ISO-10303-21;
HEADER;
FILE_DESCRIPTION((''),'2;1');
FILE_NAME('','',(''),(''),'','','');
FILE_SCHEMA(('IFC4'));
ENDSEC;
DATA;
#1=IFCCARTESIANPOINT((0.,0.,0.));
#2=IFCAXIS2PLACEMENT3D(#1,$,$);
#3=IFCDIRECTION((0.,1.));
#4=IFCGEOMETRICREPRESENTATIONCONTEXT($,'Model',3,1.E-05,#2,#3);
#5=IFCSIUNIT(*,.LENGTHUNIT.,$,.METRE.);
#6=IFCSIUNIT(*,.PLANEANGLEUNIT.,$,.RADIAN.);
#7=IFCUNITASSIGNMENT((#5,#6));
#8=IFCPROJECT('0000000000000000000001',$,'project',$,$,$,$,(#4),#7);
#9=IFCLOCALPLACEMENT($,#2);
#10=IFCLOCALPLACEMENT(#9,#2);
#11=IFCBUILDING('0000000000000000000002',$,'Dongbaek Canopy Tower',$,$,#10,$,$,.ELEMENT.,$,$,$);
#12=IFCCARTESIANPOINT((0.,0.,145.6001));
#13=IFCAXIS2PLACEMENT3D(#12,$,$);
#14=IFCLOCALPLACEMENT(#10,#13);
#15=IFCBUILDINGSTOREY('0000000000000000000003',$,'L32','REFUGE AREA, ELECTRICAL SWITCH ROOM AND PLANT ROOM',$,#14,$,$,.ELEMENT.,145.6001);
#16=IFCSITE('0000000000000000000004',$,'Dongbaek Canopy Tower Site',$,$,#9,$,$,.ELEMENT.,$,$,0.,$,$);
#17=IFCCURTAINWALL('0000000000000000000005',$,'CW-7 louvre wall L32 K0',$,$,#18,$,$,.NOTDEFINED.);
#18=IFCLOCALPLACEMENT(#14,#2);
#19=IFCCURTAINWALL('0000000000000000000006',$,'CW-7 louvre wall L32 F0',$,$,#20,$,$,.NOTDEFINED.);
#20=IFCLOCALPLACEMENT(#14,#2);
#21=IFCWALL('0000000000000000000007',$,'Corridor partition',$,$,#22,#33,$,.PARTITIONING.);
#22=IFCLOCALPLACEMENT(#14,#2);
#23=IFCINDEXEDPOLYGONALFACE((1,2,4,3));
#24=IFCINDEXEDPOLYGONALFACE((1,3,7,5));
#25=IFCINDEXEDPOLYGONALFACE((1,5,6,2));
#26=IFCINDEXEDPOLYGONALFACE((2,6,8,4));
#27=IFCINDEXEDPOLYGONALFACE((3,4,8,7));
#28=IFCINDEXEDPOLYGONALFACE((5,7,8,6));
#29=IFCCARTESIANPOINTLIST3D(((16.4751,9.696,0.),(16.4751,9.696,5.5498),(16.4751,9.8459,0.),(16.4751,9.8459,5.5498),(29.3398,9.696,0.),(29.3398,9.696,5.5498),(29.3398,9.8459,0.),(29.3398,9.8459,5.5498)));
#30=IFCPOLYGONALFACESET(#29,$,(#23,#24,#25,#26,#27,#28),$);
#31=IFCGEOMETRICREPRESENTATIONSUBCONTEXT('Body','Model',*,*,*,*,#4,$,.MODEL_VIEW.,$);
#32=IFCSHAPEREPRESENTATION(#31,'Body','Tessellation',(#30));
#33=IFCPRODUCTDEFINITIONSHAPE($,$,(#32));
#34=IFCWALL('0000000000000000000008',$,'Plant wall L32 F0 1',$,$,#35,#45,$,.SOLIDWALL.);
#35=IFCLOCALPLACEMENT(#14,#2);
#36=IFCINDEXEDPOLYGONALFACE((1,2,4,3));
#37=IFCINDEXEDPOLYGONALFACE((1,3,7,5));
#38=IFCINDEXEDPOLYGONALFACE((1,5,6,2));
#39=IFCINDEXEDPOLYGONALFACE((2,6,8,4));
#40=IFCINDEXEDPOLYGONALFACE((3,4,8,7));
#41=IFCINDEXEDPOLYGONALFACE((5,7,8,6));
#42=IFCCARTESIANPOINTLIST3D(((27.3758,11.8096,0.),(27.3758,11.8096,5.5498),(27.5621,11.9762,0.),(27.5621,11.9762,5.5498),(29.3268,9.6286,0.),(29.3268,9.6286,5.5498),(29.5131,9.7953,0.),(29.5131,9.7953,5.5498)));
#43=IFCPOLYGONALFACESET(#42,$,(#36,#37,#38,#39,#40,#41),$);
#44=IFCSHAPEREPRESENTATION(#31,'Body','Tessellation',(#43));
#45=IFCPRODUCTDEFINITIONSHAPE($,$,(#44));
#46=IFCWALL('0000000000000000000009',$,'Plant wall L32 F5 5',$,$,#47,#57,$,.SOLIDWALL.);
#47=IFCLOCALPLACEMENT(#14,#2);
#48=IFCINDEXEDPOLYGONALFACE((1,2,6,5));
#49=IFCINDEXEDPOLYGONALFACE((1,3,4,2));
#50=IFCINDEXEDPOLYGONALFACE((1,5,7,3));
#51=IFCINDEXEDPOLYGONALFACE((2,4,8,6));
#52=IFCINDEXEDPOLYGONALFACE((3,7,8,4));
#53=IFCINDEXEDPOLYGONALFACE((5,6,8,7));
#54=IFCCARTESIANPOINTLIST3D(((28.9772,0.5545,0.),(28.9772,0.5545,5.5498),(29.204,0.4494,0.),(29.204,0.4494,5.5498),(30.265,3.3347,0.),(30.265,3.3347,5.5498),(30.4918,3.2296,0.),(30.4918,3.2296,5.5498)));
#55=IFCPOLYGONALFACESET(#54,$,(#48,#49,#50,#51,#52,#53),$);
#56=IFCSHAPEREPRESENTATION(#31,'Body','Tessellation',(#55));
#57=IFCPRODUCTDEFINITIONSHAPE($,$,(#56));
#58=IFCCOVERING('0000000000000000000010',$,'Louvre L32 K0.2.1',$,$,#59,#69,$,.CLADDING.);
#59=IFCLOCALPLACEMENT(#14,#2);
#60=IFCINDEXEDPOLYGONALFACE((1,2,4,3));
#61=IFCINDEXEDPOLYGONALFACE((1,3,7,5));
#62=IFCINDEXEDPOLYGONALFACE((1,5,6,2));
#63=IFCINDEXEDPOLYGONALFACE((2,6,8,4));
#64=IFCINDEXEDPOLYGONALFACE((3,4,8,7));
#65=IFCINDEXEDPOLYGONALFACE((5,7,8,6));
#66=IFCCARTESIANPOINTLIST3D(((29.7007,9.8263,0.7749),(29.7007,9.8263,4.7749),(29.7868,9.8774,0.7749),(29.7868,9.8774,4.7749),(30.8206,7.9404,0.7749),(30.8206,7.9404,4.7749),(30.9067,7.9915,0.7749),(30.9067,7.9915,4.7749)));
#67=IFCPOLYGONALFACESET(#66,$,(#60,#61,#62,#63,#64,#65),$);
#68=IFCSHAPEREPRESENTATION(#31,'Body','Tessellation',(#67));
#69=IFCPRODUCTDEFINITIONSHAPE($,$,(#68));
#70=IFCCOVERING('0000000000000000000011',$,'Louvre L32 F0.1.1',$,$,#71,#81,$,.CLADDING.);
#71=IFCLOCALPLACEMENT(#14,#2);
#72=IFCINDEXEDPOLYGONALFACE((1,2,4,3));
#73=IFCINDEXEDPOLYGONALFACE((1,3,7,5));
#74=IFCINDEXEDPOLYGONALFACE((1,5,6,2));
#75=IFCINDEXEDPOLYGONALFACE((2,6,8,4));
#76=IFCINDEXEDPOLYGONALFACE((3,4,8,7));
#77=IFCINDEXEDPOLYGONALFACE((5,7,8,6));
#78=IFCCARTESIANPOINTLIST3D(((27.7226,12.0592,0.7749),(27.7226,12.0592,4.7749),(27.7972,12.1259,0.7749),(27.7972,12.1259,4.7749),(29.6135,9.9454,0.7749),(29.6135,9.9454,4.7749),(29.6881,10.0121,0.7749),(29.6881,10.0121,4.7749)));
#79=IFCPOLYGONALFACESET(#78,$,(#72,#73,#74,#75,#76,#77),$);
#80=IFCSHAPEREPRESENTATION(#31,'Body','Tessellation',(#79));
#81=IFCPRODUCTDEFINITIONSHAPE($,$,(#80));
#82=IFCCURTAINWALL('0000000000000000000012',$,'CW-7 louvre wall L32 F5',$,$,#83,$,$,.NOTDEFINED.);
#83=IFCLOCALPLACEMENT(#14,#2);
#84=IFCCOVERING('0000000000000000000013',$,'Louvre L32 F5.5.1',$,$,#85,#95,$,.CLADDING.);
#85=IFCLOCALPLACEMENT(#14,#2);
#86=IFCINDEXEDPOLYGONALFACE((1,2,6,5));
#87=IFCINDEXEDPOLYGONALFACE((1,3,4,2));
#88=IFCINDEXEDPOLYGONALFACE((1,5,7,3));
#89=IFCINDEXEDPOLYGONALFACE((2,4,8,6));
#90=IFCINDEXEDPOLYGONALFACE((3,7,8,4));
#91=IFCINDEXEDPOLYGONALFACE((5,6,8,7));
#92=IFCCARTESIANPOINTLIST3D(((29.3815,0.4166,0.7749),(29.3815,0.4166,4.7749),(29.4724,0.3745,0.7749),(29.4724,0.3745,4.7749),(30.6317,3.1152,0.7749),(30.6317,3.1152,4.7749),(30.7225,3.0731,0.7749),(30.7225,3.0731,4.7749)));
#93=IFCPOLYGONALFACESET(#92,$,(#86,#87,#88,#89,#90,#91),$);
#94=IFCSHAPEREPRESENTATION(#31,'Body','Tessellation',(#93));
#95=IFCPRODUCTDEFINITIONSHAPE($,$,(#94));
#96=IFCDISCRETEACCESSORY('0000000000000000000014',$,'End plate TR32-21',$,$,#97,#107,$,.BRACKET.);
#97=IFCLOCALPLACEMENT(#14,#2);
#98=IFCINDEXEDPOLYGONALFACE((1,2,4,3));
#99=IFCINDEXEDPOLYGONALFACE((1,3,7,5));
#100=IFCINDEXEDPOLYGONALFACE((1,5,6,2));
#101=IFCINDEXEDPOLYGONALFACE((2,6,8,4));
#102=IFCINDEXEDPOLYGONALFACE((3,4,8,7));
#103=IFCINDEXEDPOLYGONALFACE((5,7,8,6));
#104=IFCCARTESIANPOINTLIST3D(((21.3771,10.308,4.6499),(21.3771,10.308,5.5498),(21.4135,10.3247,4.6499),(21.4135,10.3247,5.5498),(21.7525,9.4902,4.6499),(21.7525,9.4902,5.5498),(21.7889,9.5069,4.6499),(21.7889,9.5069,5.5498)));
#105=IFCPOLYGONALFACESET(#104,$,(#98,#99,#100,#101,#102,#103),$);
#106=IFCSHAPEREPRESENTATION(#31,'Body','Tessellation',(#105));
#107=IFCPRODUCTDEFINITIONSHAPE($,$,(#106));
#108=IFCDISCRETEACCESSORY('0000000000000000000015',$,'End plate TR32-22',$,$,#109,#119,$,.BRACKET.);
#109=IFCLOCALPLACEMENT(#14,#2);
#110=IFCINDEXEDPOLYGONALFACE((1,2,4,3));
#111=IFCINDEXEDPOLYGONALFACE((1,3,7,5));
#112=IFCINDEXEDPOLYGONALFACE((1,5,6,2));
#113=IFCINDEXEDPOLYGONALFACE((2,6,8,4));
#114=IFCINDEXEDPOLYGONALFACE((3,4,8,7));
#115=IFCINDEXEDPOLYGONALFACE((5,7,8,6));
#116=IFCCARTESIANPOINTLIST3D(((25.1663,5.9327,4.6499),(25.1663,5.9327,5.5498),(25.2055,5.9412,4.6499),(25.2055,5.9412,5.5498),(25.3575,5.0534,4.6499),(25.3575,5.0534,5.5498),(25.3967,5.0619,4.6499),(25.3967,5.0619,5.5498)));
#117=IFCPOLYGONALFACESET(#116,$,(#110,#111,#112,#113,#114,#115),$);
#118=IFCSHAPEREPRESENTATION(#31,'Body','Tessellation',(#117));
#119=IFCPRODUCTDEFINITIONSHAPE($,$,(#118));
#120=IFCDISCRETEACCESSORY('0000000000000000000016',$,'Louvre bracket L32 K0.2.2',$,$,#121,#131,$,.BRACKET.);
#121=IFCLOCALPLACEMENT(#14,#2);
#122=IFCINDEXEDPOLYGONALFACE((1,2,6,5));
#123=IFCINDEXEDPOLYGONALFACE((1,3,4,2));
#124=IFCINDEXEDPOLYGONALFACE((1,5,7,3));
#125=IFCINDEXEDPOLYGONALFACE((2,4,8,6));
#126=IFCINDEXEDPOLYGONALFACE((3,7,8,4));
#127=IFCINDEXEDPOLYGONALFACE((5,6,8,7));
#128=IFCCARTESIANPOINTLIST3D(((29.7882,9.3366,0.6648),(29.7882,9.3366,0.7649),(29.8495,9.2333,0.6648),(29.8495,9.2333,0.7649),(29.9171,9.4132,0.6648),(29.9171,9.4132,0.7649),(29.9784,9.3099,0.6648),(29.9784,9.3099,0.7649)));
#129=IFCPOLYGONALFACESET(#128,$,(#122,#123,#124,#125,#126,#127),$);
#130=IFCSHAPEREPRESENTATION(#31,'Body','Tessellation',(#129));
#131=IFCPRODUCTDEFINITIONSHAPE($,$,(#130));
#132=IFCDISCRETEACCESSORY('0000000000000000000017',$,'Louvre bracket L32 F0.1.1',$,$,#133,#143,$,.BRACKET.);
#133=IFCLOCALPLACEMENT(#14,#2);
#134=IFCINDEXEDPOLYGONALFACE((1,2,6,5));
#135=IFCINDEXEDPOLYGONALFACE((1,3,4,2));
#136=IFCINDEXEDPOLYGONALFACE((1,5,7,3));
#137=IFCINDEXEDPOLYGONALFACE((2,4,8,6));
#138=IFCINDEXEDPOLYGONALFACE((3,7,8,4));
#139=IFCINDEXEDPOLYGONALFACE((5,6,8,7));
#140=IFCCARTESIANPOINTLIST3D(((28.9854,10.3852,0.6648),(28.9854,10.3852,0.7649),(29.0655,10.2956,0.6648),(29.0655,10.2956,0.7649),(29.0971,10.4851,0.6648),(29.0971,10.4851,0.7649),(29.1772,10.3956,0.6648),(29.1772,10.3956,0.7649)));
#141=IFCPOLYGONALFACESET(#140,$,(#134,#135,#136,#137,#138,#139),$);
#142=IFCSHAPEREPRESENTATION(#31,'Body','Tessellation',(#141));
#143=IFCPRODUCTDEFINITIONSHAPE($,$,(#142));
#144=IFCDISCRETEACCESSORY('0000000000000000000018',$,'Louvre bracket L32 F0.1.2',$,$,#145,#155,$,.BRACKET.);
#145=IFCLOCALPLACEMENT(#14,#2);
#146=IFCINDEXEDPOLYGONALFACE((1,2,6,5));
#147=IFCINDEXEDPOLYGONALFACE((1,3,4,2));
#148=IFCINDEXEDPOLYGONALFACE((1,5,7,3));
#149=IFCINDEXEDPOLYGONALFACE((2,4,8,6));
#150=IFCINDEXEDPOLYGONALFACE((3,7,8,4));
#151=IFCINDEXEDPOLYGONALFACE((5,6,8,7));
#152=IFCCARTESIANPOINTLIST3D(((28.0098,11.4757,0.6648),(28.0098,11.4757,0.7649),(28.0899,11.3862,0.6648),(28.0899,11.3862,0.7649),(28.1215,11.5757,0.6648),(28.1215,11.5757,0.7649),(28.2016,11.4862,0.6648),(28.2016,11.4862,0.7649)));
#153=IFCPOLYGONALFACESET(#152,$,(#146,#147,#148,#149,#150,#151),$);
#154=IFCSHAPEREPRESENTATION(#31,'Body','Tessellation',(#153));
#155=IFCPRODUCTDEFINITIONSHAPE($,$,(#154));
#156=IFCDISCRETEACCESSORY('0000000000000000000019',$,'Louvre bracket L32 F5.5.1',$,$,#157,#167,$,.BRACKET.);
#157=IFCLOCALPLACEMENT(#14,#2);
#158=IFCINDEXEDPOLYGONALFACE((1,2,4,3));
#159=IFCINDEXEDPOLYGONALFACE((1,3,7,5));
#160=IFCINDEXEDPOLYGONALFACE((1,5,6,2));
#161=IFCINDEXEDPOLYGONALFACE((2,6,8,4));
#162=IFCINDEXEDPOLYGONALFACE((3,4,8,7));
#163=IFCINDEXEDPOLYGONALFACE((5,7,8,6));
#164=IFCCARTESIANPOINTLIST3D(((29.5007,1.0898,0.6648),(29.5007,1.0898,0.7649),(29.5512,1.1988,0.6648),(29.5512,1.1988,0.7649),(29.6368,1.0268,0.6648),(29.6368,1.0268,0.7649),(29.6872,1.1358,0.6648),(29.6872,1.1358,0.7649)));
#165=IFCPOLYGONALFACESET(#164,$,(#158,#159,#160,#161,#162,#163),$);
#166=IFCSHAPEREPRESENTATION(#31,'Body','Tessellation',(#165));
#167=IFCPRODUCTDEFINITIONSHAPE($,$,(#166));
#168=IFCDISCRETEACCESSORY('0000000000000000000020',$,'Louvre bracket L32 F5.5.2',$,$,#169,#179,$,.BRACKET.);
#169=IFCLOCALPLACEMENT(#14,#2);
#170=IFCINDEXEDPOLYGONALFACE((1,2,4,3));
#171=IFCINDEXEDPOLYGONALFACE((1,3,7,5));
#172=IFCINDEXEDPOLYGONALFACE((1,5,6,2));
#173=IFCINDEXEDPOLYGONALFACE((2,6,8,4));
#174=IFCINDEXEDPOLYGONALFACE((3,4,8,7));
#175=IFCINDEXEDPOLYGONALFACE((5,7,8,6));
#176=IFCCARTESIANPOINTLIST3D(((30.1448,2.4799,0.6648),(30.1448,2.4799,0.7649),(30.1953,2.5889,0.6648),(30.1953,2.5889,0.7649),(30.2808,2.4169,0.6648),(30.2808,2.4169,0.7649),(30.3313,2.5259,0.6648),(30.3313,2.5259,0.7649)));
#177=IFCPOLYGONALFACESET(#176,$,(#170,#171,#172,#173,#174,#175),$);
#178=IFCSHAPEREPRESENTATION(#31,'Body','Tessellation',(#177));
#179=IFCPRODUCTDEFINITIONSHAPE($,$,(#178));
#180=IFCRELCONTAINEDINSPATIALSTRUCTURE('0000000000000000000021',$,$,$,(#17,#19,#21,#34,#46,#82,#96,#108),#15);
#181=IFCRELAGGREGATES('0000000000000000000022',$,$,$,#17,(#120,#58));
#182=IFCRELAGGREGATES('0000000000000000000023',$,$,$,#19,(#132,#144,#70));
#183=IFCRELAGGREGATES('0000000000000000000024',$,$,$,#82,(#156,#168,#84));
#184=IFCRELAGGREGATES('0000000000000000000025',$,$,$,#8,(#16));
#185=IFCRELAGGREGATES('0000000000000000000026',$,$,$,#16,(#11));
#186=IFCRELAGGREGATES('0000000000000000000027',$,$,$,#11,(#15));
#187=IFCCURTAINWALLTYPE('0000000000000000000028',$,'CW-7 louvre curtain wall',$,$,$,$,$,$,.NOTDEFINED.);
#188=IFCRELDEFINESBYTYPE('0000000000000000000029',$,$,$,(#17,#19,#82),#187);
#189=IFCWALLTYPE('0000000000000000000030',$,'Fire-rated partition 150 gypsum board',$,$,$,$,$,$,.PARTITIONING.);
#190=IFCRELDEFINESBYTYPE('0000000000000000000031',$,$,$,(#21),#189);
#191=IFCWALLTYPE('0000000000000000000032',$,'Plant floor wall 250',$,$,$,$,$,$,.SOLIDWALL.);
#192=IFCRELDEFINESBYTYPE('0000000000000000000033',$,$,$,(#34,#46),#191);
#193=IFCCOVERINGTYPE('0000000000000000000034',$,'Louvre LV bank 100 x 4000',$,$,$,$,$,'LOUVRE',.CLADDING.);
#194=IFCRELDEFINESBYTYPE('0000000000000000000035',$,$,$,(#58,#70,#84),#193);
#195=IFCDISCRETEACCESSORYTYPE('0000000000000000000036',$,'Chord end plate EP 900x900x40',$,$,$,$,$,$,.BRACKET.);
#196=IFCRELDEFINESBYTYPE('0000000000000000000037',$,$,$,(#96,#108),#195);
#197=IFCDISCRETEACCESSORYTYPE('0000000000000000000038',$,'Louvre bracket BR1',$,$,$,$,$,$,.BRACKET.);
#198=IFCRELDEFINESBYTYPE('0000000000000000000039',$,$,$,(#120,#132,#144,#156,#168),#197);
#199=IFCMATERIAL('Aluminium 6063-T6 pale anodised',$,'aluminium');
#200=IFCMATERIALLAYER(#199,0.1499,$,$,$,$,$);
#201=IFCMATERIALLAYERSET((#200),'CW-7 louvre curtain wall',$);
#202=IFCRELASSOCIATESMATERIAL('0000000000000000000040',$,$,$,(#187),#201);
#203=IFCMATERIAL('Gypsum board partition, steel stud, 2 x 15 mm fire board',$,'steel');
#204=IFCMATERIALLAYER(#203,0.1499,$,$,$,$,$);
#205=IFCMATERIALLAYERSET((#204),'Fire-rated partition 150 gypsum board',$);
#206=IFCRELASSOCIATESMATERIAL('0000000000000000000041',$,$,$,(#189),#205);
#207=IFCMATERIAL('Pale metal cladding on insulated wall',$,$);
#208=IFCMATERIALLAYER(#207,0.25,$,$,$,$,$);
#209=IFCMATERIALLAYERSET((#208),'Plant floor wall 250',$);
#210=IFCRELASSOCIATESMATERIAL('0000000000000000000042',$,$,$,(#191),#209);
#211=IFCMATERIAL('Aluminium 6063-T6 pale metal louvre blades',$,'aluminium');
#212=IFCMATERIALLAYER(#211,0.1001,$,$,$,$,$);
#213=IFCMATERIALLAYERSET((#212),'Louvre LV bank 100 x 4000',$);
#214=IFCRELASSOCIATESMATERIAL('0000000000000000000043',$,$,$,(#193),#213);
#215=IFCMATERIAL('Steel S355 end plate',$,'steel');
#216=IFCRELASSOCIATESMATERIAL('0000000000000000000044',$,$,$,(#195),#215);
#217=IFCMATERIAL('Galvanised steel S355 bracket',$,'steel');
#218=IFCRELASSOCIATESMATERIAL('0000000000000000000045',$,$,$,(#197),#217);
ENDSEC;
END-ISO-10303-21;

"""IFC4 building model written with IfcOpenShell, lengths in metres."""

from ifc_helpers import new_model, si_unit, direction, frame, frame_2d, origin, origin_2d, place, context, subcontext, project, spatial, rectangle, extrude, material, layer, layer_set, type_object, element, aggregate, save


model = new_model("IFC4")

# Units and contexts
model_context = context("Model", 3, precision=1e-05, world=origin(), true_north=direction((0.0, 1.0)))
body_context = subcontext(model_context, "Body", "Model", "MODEL_VIEW")
ifc_project = project(units=[si_unit("LENGTHUNIT", "METRE"), si_unit("PLANEANGLEUNIT", "RADIAN")], contexts=[model_context])

# Site, building, storey
site_placement = place(None, origin())
site = spatial("IfcSite", under=ifc_project, at=site_placement, Name="Dongbaek Canopy Tower Site", CompositionType="ELEMENT", RefElevation=0.0)
building_placement = place(site_placement, origin())
building = spatial("IfcBuilding", under=site, at=building_placement, Name="Dongbaek Canopy Tower", CompositionType="ELEMENT")
storey_placement = place(building_placement, frame((0.0, 0.0, 145.6001)))
storey = spatial("IfcBuildingStorey", under=building, at=storey_placement, Name="L32", Description="REFUGE AREA, ELECTRICAL SWITCH ROOM AND PLANT ROOM", CompositionType="ELEMENT", Elevation=145.6001)

# Curtain wall
ifc_material_1 = material(Name="Aluminium 6063-T6 pale anodised", Category="aluminium")
ifc_layer_1 = layer(ifc_material_1, 0.1499)
ifc_layer_set_1 = layer_set([ifc_layer_1], Name="CW-7 louvre curtain wall")
curtain_wall_type = type_object("IfcCurtainWallType", Name="CW-7 louvre curtain wall", PredefinedType="NOTDEFINED", material=ifc_layer_set_1)
curtain_wall_1_placement = place(storey_placement, origin())
curtain_wall_1 = element("IfcCurtainWall", 1, at=curtain_wall_1_placement, inside=storey, type_object=curtain_wall_type, Name="CW-7 louvre wall L32 K0", PredefinedType="NOTDEFINED")

# Curtain wall
curtain_wall_2_placement = place(storey_placement, origin())
curtain_wall_2 = element("IfcCurtainWall", 2, at=curtain_wall_2_placement, inside=storey, type_object=curtain_wall_type, Name="CW-7 louvre wall L32 F0", PredefinedType="NOTDEFINED")

# Walls
ifc_material_2 = material(Name="Gypsum board partition, steel stud, 2 x 15 mm fire board", Category="steel")
ifc_layer_2 = layer(ifc_material_2, 0.1499)
ifc_layer_set_2 = layer_set([ifc_layer_2], Name="Fire-rated partition 150 gypsum board")
wall_type_1 = type_object("IfcWallType", Name="Fire-rated partition 150 gypsum board", PredefinedType="PARTITIONING", material=ifc_layer_set_2)
wall_1_placement = place(storey_placement, frame((16.4751, 9.771, 0.0), z_axis=(0.0, 0.0, 1.0), x_axis=(1.0, 0.0, 0.0)))
element("IfcWall", 3, at=wall_1_placement, inside=storey, type_object=wall_type_1, Name="Corridor partition", PredefinedType="PARTITIONING", context=body_context, shape_type="SweptSolid", body=[
    extrude(rectangle(XDim=12.8647, YDim=0.1499, at=frame_2d((6.4324, 0.0))), origin(), (0.0, 0.0, 1.0), 5.5498),
])
ifc_material_3 = material(Name="Pale metal cladding on insulated wall")
ifc_layer_3 = layer(ifc_material_3, 0.25)
ifc_layer_set_3 = layer_set([ifc_layer_3], Name="Plant floor wall 250")
wall_type_2 = type_object("IfcWallType", Name="Plant floor wall 250", PredefinedType="SOLIDWALL", material=ifc_layer_set_3)
wall_2_placement = place(storey_placement, frame((29.4199, 9.7119, 0.0), z_axis=(0.0, 0.0, 1.0), x_axis=(-0.666717, 0.745311, 0.0)))
element("IfcWall", 4, at=wall_2_placement, inside=storey, type_object=wall_type_2, Name="Plant wall L32 F0 1", PredefinedType="SOLIDWALL", context=body_context, shape_type="SweptSolid", body=[
    extrude(rectangle(XDim=2.9263, YDim=0.25, at=frame_2d((1.4631, 0.0))), origin(), (0.0, 0.0, 1.0), 5.5498),
])
wall_3_placement = place(storey_placement, frame((29.0906, 0.502, 0.0), z_axis=(0.0, 0.0, 1.0), x_axis=(0.420306, 0.907383, 0.0)))
element("IfcWall", 5, at=wall_3_placement, inside=storey, type_object=wall_type_2, Name="Plant wall L32 F5 5", PredefinedType="SOLIDWALL", context=body_context, shape_type="SweptSolid", body=[
    extrude(rectangle(XDim=3.064, YDim=0.25, at=frame_2d((1.532, 0.0))), origin(), (0.0, 0.0, 1.0), 5.5498),
])

# Coverings
ifc_material_4 = material(Name="Aluminium 6063-T6 pale metal louvre blades", Category="aluminium")
ifc_layer_4 = layer(ifc_material_4, 0.1001)
ifc_layer_set_4 = layer_set([ifc_layer_4], Name="Louvre LV bank 100 x 4000")
covering_type = type_object("IfcCoveringType", Name="Louvre LV bank 100 x 4000", ElementType="LOUVRE", PredefinedType="CLADDING", material=ifc_layer_set_4)
covering_1_placement = place(storey_placement, frame((30.3037, 8.9089, 0.7749), z_axis=(0.0, 0.0, 1.0), x_axis=(-0.51058, 0.85983, 0.0)))
covering_1 = element("IfcCovering", 6, at=covering_1_placement, type_object=covering_type, Name="Louvre L32 K0.2.1", PredefinedType="CLADDING", context=body_context, shape_type="SweptSolid", body=[
    extrude(rectangle(XDim=2.1934, YDim=0.1001, at=origin_2d()), origin(), (0.0, 0.0, 1.0), 4.0),
])
covering_2_placement = place(storey_placement, frame((28.7053, 11.0356, 0.7749), z_axis=(0.0, 0.0, 1.0), x_axis=(-0.666716, 0.745312, 0.0)))
covering_2 = element("IfcCovering", 7, at=covering_2_placement, type_object=covering_type, Name="Louvre L32 F0.1.1", PredefinedType="CLADDING", context=body_context, shape_type="SweptSolid", body=[
    extrude(rectangle(XDim=2.8362, YDim=0.1001, at=origin_2d()), origin(), (0.0, 0.0, 1.0), 4.0),
])

# Curtain wall, covering
curtain_wall_3_placement = place(storey_placement, origin())
curtain_wall_3 = element("IfcCurtainWall", 8, at=curtain_wall_3_placement, inside=storey, type_object=curtain_wall_type, Name="CW-7 louvre wall L32 F5", PredefinedType="NOTDEFINED")
covering_3_placement = place(storey_placement, frame((30.052, 1.7449, 0.7749), z_axis=(0.0, 0.0, 1.0), x_axis=(0.420334, 0.907369, 0.0)))
covering_3 = element("IfcCovering", 9, at=covering_3_placement, type_object=covering_type, Name="Louvre L32 F5.5.1", PredefinedType="CLADDING", context=body_context, shape_type="SweptSolid", body=[
    extrude(rectangle(XDim=2.9741, YDim=0.1001, at=origin_2d()), origin(), (0.0, 0.0, 1.0), 4.0),
])

# Discrete accessories
ifc_material_5 = material(Name="Steel S355 end plate", Category="steel")
discrete_accessory_type_1 = type_object("IfcDiscreteAccessoryType", Name="Chord end plate EP 900x900x40", PredefinedType="BRACKET", material=ifc_material_5)
for number, where, z_axis, x_axis, name in (
    (10, (21.583, 9.9075, 4.6499), (0.0, 0.0, 1.0), (0.908822, 0.417184, 0.0), "End plate TR32-21"),
    (11, (25.2815, 5.4973, 4.6499), (0.0, 0.0, 1.0), (0.977167, 0.212471, 0.0), "End plate TR32-22"),
):
    element("IfcDiscreteAccessory", number, at=place(storey_placement, frame(where, z_axis=z_axis, x_axis=x_axis)), inside=storey, type_object=discrete_accessory_type_1, Name=name, PredefinedType="BRACKET", context=body_context, shape_type="SweptSolid", body=[
        extrude(rectangle(XDim=0.04, YDim=0.8999, at=origin_2d()), origin(), (0.0, 0.0, 1.0), 0.8999),
    ])

# Discrete accessories
ifc_material_6 = material(Name="Galvanised steel S355 bracket", Category="steel")
discrete_accessory_type_2 = type_object("IfcDiscreteAccessoryType", Name="Louvre bracket BR1", PredefinedType="BRACKET", material=ifc_material_6)
discrete_accessory_1_placement = place(storey_placement, frame((29.8833, 9.3232, 0.6648), z_axis=(0.0, 0.0, 1.0), x_axis=(-0.51058, 0.85983, 0.0)))
discrete_accessory_1 = element("IfcDiscreteAccessory", 12, at=discrete_accessory_1_placement, type_object=discrete_accessory_type_2, Name="Louvre bracket L32 K0.2.2", PredefinedType="BRACKET", context=body_context, shape_type="SweptSolid", body=[
    extrude(rectangle(XDim=0.1201, YDim=0.1499, at=origin_2d()), origin(), (0.0, 0.0, 1.0), 0.1001),
])
aggregate(curtain_wall_1, [discrete_accessory_1, covering_1])
discrete_accessory_2_placement = place(storey_placement, frame((29.0813, 10.3904, 0.6648), z_axis=(0.0, 0.0, 1.0), x_axis=(-0.666716, 0.745312, 0.0)))
discrete_accessory_2 = element("IfcDiscreteAccessory", 13, at=discrete_accessory_2_placement, type_object=discrete_accessory_type_2, Name="Louvre bracket L32 F0.1.1", PredefinedType="BRACKET", context=body_context, shape_type="SweptSolid", body=[
    extrude(rectangle(XDim=0.1201, YDim=0.1499, at=origin_2d()), origin(), (0.0, 0.0, 1.0), 0.1001),
])
discrete_accessory_3_placement = place(storey_placement, frame((28.1057, 11.481, 0.6648), z_axis=(0.0, 0.0, 1.0), x_axis=(-0.666716, 0.745312, 0.0)))
discrete_accessory_3 = element("IfcDiscreteAccessory", 14, at=discrete_accessory_3_placement, type_object=discrete_accessory_type_2, Name="Louvre bracket L32 F0.1.2", PredefinedType="BRACKET", context=body_context, shape_type="SweptSolid", body=[
    extrude(rectangle(XDim=0.1201, YDim=0.1499, at=origin_2d()), origin(), (0.0, 0.0, 1.0), 0.1001),
])
aggregate(curtain_wall_2, [discrete_accessory_2, discrete_accessory_3, covering_2])
discrete_accessory_4_placement = place(storey_placement, frame((29.594, 1.1128, 0.6648), z_axis=(0.0, 0.0, 1.0), x_axis=(0.420334, 0.907369, 0.0)))
discrete_accessory_4 = element("IfcDiscreteAccessory", 15, at=discrete_accessory_4_placement, type_object=discrete_accessory_type_2, Name="Louvre bracket L32 F5.5.1", PredefinedType="BRACKET", context=body_context, shape_type="SweptSolid", body=[
    extrude(rectangle(XDim=0.1201, YDim=0.1499, at=origin_2d()), origin(), (0.0, 0.0, 1.0), 0.1001),
])
discrete_accessory_5_placement = place(storey_placement, frame((30.238, 2.5029, 0.6648), z_axis=(0.0, 0.0, 1.0), x_axis=(0.420334, 0.907369, 0.0)))
discrete_accessory_5 = element("IfcDiscreteAccessory", 16, at=discrete_accessory_5_placement, type_object=discrete_accessory_type_2, Name="Louvre bracket L32 F5.5.2", PredefinedType="BRACKET", context=body_context, shape_type="SweptSolid", body=[
    extrude(rectangle(XDim=0.1201, YDim=0.1499, at=origin_2d()), origin(), (0.0, 0.0, 1.0), 0.1001),
])
aggregate(curtain_wall_3, [discrete_accessory_4, discrete_accessory_5, covering_3])

save(model, "model.ifc")
